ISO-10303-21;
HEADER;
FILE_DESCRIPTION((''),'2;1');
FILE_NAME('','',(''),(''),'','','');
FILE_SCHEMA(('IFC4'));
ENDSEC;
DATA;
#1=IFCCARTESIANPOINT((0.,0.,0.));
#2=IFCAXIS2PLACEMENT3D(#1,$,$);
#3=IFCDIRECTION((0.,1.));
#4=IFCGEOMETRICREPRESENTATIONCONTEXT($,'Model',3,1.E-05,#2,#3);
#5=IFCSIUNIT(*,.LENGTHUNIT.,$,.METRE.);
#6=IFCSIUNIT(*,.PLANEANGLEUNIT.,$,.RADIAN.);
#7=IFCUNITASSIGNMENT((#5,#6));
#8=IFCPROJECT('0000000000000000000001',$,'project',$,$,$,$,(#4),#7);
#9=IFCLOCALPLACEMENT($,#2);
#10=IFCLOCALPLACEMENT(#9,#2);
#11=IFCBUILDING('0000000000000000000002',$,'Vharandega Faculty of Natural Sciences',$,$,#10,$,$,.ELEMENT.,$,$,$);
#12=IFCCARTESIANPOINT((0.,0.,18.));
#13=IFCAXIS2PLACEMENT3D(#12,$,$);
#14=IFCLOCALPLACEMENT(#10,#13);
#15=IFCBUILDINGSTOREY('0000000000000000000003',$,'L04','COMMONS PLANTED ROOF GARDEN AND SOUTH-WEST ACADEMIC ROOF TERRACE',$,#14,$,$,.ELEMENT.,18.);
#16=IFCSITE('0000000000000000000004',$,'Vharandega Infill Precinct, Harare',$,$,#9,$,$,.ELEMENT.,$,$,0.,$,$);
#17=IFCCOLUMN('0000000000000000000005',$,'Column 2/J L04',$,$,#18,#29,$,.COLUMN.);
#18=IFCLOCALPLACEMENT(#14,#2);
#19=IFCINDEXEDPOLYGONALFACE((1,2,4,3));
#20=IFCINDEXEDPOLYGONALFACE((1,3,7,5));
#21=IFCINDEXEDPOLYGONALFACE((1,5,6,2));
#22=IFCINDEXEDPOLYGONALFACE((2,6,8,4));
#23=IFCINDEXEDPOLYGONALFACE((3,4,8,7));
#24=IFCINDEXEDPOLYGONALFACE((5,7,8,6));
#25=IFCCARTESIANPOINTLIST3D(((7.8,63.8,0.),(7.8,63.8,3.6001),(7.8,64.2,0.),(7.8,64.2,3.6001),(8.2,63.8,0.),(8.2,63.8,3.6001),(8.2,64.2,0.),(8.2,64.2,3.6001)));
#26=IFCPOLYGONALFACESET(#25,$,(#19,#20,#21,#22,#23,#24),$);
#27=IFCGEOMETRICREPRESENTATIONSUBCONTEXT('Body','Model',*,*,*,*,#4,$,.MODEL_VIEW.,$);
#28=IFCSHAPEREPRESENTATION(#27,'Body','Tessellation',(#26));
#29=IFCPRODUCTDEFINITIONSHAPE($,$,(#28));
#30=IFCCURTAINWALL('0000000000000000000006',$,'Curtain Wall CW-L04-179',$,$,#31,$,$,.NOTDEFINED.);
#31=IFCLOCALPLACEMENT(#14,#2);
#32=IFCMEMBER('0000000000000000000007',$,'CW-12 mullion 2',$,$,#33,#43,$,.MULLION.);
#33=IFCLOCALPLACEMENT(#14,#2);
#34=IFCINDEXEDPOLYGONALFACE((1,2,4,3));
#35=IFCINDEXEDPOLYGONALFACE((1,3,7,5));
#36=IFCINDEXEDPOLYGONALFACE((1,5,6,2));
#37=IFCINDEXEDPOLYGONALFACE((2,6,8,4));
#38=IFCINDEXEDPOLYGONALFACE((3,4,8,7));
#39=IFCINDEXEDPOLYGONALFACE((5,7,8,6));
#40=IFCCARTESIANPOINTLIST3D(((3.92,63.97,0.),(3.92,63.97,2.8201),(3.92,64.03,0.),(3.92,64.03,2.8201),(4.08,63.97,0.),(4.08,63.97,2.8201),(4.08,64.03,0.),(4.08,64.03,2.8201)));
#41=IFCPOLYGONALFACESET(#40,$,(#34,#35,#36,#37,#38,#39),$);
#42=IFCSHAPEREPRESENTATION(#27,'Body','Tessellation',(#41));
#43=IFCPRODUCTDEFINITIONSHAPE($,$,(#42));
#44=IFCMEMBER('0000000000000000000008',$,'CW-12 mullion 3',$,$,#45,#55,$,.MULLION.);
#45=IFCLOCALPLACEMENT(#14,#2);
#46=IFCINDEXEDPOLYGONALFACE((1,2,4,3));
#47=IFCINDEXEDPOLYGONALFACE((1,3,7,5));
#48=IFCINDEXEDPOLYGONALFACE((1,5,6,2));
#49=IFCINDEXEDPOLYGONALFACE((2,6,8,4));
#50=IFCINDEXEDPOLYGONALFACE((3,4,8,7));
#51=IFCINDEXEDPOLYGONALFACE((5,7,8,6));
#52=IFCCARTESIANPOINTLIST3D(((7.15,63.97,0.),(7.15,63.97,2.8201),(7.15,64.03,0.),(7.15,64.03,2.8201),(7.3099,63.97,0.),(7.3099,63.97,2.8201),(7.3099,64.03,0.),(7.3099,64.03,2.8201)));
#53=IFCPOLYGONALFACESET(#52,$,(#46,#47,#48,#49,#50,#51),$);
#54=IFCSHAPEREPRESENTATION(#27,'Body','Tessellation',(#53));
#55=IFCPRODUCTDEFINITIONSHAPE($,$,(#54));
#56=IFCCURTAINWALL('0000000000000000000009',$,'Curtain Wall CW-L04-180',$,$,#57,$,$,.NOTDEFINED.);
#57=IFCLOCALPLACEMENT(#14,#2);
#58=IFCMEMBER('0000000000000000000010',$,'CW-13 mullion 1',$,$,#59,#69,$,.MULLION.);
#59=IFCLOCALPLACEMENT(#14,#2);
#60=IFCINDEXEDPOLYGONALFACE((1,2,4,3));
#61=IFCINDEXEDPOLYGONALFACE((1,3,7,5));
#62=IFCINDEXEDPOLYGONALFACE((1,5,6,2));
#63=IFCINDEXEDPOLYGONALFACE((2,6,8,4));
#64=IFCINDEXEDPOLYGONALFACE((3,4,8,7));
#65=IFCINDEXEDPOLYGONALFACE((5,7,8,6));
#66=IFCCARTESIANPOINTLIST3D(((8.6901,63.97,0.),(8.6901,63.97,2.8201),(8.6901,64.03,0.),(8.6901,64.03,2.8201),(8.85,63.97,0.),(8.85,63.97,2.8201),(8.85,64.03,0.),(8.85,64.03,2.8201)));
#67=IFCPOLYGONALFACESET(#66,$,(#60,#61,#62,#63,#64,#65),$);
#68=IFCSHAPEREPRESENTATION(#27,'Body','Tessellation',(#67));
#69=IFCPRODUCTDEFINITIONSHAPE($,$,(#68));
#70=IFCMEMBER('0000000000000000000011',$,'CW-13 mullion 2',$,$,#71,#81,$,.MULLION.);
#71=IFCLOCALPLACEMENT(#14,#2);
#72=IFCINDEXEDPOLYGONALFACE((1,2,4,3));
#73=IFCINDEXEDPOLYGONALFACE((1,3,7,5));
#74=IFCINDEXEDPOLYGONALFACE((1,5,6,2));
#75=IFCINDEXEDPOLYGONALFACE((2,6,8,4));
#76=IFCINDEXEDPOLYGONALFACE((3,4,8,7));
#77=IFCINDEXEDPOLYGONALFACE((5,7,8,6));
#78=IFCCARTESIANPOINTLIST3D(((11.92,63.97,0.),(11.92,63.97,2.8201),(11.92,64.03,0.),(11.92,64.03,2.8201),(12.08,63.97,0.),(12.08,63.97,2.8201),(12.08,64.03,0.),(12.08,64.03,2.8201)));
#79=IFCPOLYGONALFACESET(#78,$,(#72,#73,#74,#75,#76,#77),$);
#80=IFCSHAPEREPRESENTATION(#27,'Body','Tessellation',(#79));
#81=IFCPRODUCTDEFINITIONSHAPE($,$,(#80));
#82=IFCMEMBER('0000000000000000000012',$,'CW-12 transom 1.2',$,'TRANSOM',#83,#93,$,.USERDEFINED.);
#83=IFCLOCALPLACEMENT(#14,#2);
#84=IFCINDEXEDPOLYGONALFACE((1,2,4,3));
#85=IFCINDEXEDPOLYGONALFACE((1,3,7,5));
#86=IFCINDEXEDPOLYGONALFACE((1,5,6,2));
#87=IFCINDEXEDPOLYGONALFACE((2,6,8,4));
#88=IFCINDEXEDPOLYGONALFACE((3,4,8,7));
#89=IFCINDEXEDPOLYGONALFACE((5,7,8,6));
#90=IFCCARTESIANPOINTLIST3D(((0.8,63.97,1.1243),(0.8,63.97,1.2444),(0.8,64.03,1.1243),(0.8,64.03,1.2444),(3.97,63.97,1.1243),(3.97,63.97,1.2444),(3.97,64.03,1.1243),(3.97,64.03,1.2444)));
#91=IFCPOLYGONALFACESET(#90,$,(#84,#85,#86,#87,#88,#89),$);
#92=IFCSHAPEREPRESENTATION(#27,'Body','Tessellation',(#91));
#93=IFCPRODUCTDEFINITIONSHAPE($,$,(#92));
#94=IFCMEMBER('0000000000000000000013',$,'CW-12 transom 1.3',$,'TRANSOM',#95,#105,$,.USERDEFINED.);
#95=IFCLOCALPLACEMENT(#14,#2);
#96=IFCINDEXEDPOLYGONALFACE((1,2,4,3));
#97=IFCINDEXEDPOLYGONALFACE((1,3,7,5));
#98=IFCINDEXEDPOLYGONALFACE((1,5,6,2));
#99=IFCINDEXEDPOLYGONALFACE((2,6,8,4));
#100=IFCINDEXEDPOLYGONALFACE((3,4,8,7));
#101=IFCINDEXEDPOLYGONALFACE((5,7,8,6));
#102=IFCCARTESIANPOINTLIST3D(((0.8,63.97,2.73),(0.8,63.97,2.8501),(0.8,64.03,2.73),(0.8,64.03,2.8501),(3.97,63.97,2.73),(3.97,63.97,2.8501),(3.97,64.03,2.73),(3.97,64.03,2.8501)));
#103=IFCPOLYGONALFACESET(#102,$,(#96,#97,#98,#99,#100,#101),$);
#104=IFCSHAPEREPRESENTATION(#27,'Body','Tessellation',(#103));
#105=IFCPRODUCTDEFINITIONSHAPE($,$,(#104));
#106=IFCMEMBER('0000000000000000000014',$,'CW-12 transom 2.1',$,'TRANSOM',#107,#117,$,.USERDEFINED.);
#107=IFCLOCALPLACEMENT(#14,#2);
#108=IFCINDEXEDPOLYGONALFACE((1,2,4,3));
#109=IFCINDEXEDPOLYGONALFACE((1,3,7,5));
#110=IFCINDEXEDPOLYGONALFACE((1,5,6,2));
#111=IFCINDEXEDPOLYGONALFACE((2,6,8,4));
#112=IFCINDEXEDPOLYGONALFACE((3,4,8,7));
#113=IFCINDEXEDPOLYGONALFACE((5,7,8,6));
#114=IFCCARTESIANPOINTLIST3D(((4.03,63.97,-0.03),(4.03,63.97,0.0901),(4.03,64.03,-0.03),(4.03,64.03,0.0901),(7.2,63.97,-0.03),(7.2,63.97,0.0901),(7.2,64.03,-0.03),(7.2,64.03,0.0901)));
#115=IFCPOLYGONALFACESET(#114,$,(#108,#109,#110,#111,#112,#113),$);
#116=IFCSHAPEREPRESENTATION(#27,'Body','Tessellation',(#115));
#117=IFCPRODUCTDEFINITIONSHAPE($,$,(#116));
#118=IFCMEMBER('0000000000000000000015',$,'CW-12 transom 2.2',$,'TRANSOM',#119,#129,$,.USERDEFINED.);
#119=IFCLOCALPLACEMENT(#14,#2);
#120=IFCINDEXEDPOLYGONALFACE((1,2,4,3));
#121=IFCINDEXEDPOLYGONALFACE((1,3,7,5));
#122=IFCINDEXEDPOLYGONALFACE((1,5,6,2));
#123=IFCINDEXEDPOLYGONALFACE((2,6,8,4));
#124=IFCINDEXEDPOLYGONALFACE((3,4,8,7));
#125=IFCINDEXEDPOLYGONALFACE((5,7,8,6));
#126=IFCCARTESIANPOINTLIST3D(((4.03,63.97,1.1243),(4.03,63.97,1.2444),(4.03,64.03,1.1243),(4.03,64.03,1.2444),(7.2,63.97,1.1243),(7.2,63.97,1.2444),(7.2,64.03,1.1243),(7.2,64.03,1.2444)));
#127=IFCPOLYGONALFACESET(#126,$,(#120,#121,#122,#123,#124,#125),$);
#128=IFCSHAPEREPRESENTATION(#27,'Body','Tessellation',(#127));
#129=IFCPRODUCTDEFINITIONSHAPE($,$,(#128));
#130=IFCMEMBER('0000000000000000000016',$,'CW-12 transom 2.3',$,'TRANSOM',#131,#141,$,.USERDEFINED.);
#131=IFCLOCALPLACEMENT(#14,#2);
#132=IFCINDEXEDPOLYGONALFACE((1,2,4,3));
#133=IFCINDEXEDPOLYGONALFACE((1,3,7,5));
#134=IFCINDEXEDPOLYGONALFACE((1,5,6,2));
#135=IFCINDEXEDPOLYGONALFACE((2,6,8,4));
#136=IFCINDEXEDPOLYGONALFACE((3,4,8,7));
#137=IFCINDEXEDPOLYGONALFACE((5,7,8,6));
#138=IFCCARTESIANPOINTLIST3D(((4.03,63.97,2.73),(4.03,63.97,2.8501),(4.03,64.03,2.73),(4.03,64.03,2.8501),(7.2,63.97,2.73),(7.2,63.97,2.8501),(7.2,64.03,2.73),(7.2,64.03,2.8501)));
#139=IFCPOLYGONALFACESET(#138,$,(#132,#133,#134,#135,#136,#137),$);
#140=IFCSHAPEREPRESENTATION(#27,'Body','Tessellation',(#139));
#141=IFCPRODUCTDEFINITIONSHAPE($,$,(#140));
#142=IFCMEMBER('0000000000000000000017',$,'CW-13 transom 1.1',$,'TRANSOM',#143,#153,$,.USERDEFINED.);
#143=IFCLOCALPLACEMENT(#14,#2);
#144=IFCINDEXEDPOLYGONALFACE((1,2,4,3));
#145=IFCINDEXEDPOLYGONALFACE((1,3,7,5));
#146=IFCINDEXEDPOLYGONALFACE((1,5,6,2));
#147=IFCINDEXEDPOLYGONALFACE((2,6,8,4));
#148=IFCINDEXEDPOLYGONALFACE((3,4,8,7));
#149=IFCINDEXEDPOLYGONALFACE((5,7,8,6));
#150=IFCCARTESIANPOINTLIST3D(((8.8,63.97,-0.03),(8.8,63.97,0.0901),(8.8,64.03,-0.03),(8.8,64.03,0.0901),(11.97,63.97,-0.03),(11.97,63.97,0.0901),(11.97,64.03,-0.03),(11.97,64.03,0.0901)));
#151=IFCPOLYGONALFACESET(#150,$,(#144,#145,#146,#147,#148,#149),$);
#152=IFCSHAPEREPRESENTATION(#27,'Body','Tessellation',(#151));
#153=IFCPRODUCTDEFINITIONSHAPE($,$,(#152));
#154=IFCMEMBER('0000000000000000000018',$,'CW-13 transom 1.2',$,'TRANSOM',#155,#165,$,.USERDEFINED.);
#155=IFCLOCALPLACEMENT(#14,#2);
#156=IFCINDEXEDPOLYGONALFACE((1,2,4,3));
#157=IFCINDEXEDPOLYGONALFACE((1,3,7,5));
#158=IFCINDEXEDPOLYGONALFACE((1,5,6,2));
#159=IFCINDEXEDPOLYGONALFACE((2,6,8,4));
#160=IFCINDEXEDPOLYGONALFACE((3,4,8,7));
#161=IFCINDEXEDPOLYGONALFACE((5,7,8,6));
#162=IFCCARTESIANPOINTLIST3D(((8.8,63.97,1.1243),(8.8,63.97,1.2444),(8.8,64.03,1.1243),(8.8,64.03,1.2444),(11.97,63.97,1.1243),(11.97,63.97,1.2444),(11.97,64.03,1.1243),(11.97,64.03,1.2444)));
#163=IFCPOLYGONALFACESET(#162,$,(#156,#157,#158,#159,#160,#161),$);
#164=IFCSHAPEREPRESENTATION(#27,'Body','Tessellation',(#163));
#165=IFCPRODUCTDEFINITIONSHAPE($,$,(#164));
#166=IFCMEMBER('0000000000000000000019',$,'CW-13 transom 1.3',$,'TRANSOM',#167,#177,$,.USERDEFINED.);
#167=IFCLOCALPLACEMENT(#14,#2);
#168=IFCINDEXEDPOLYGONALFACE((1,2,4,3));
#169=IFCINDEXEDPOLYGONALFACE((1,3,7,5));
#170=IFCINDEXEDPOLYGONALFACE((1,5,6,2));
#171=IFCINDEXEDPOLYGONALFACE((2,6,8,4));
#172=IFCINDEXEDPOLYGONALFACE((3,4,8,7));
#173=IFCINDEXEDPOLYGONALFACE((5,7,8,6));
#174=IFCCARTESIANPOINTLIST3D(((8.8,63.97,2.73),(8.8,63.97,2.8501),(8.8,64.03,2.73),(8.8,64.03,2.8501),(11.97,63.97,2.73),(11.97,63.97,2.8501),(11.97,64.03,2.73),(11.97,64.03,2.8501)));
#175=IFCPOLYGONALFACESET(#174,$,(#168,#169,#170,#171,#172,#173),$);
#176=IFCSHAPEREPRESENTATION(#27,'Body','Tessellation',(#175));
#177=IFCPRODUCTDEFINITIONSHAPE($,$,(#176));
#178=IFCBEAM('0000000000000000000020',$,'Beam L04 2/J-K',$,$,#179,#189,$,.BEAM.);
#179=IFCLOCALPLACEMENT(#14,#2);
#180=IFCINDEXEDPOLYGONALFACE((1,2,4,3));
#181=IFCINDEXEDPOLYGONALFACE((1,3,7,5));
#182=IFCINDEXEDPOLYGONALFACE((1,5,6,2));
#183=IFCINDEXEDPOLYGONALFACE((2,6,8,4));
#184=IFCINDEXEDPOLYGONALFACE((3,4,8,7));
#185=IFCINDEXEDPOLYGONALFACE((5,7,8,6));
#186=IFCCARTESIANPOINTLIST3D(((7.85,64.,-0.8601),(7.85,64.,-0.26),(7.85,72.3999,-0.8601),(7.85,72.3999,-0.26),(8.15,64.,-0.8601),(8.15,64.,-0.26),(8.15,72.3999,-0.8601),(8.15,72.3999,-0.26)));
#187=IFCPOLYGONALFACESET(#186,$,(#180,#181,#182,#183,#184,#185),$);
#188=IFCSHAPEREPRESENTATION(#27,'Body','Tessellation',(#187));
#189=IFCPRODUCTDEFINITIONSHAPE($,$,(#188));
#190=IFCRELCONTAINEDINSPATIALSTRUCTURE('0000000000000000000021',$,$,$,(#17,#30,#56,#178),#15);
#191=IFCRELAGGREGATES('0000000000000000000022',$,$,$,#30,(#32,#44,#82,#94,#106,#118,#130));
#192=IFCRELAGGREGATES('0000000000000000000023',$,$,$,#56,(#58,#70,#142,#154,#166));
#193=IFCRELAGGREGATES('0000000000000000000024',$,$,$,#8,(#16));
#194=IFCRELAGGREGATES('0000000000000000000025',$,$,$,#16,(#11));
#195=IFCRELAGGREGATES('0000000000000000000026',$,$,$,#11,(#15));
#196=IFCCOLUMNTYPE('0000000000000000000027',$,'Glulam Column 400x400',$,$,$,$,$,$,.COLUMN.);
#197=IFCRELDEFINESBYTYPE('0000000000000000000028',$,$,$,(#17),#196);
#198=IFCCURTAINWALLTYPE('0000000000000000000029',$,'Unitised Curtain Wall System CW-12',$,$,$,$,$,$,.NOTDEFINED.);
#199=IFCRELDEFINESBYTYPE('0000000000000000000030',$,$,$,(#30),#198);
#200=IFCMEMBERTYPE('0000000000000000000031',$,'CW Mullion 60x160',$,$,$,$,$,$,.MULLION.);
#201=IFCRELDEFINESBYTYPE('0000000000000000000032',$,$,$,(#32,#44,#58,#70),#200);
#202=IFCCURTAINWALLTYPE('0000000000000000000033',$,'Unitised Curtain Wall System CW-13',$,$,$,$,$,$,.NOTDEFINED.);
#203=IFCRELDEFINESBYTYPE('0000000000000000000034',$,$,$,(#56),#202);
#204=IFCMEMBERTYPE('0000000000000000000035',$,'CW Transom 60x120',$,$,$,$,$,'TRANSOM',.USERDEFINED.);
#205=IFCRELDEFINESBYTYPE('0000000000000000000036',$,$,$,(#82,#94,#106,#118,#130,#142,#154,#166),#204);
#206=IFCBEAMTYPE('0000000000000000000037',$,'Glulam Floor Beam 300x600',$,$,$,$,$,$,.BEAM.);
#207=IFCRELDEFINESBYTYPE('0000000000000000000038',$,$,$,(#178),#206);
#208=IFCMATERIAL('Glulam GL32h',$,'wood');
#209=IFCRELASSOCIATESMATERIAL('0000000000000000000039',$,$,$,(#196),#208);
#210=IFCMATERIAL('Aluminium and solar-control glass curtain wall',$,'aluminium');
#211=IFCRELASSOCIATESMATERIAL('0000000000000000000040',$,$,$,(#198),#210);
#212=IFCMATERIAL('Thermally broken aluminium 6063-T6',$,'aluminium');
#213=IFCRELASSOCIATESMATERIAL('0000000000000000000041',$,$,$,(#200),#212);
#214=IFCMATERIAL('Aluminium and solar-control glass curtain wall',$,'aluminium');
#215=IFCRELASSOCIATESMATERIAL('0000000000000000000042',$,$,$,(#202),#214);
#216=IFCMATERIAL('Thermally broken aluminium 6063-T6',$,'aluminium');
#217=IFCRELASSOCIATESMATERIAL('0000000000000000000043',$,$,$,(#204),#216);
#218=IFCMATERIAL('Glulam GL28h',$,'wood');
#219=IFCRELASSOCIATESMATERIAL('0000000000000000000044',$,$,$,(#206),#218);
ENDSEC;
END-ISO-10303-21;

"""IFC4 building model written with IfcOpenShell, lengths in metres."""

from ifc_helpers import new_model, si_unit, direction, frame, origin, origin_2d, place, context, subcontext, project, spatial, rectangle, extrude, material, material_profile, profile_set, type_object, element, aggregate, save


model = new_model("IFC4")

# Units and contexts
model_context = context("Model", 3, precision=1e-05, world=origin(), true_north=direction((0.0, 1.0)))
body_context = subcontext(model_context, "Body", "Model", "MODEL_VIEW")
ifc_project = project(units=[si_unit("LENGTHUNIT", "METRE"), si_unit("PLANEANGLEUNIT", "RADIAN")], contexts=[model_context])

# Site, building, storey
site_placement = place(None, origin())
site = spatial("IfcSite", under=ifc_project, at=site_placement, Name="Vharandega Infill Precinct, Harare", CompositionType="ELEMENT", RefElevation=0.0)
building_placement = place(site_placement, origin())
building = spatial("IfcBuilding", under=site, at=building_placement, Name="Vharandega Faculty of Natural Sciences", CompositionType="ELEMENT")
storey_placement = place(building_placement, frame((0.0, 0.0, 18.0)))
storey = spatial("IfcBuildingStorey", under=building, at=storey_placement, Name="L04", Description="COMMONS PLANTED ROOF GARDEN AND SOUTH-WEST ACADEMIC ROOF TERRACE", CompositionType="ELEMENT", Elevation=18.0)

# Column
ifc_material_1 = material(Name="Glulam GL32h", Category="wood")
ifc_material_profile_1 = material_profile(ifc_material_1, rectangle(XDim=0.3999, YDim=0.3999, at=origin_2d()), Name="GL32h 400x400")
ifc_profile_set_1 = profile_set([ifc_material_profile_1], Name="Glulam GL32h")
column_type = type_object("IfcColumnType", Name="Glulam Column 400x400", PredefinedType="COLUMN", material=ifc_profile_set_1)
column_placement = place(storey_placement, frame((8.0, 64.0, 0.0), z_axis=(0.0, 0.0, 1.0), x_axis=(1.0, 0.0, 0.0)))
element("IfcColumn", 1, at=column_placement, inside=storey, type_object=column_type, Name="Column 2/J L04", PredefinedType="COLUMN", context=body_context, shape_type="SweptSolid", body=[
    extrude(rectangle(XDim=0.3999, YDim=0.3999, at=origin_2d()), origin(), (0.0, 0.0, 1.0), 3.6001),
])

# Curtain walls, members
ifc_material_2 = material(Name="Aluminium and solar-control glass curtain wall", Category="aluminium")
curtain_wall_type_1 = type_object("IfcCurtainWallType", Name="Unitised Curtain Wall System CW-12", PredefinedType="NOTDEFINED", material=ifc_material_2)
curtain_wall_1_placement = place(storey_placement, origin())
curtain_wall_1 = element("IfcCurtainWall", 2, at=curtain_wall_1_placement, inside=storey, type_object=curtain_wall_type_1, Name="Curtain Wall CW-L04-179", PredefinedType="NOTDEFINED")
ifc_material_3 = material(Name="Thermally broken aluminium 6063-T6", Category="aluminium")
ifc_material_profile_2 = material_profile(ifc_material_3, rectangle(XDim=0.0601, YDim=0.1599, at=origin_2d()), Name="ALU 60x160")
ifc_profile_set_2 = profile_set([ifc_material_profile_2], Name="Thermally broken aluminium 6063-T6")
member_type_1 = type_object("IfcMemberType", Name="CW Mullion 60x160", PredefinedType="MULLION", material=ifc_profile_set_2)
member_1_placement = place(storey_placement, frame((4.0, 64.0, 0.0), z_axis=(0.0, 0.0, 1.0), x_axis=(0.0, 1.0, 0.0)))
member_1 = element("IfcMember", 3, at=member_1_placement, type_object=member_type_1, Name="CW-12 mullion 2", PredefinedType="MULLION", context=body_context, shape_type="SweptSolid", body=[
    extrude(rectangle(XDim=0.0601, YDim=0.1599, at=origin_2d()), origin(), (0.0, 0.0, 1.0), 2.8201),
])
member_2_placement = place(storey_placement, frame((7.23, 64.0, 0.0), z_axis=(0.0, 0.0, 1.0), x_axis=(0.0, 1.0, 0.0)))
member_2 = element("IfcMember", 4, at=member_2_placement, type_object=member_type_1, Name="CW-12 mullion 3", PredefinedType="MULLION", context=body_context, shape_type="SweptSolid", body=[
    extrude(rectangle(XDim=0.0601, YDim=0.1599, at=origin_2d()), origin(), (0.0, 0.0, 1.0), 2.8201),
])
ifc_material_4 = material(Name="Aluminium and solar-control glass curtain wall", Category="aluminium")
curtain_wall_type_2 = type_object("IfcCurtainWallType", Name="Unitised Curtain Wall System CW-13", PredefinedType="NOTDEFINED", material=ifc_material_4)
curtain_wall_2_placement = place(storey_placement, origin())
curtain_wall_2 = element("IfcCurtainWall", 5, at=curtain_wall_2_placement, inside=storey, type_object=curtain_wall_type_2, Name="Curtain Wall CW-L04-180", PredefinedType="NOTDEFINED")
member_3_placement = place(storey_placement, frame((8.77, 64.0, 0.0), z_axis=(0.0, 0.0, 1.0), x_axis=(0.0, 1.0, 0.0)))
member_3 = element("IfcMember", 6, at=member_3_placement, type_object=member_type_1, Name="CW-13 mullion 1", PredefinedType="MULLION", context=body_context, shape_type="SweptSolid", body=[
    extrude(rectangle(XDim=0.0601, YDim=0.1599, at=origin_2d()), origin(), (0.0, 0.0, 1.0), 2.8201),
])
member_4_placement = place(storey_placement, frame((12.0, 64.0, 0.0), z_axis=(0.0, 0.0, 1.0), x_axis=(0.0, 1.0, 0.0)))
member_4 = element("IfcMember", 7, at=member_4_placement, type_object=member_type_1, Name="CW-13 mullion 2", PredefinedType="MULLION", context=body_context, shape_type="SweptSolid", body=[
    extrude(rectangle(XDim=0.0601, YDim=0.1599, at=origin_2d()), origin(), (0.0, 0.0, 1.0), 2.8201),
])

# Members
ifc_material_5 = material(Name="Thermally broken aluminium 6063-T6", Category="aluminium")
ifc_material_profile_3 = material_profile(ifc_material_5, rectangle(XDim=0.0601, YDim=0.1201, at=origin_2d()), Name="ALU 60x120")
ifc_profile_set_3 = profile_set([ifc_material_profile_3], Name="Thermally broken aluminium 6063-T6")
member_type_2 = type_object("IfcMemberType", Name="CW Transom 60x120", ElementType="TRANSOM", PredefinedType="USERDEFINED", material=ifc_profile_set_3)
member_5_placement = place(storey_placement, frame((0.8, 64.0, 1.1843), z_axis=(1.0, 0.0, 0.0), x_axis=(0.0, 1.0, 0.0)))
member_5 = element("IfcMember", 8, at=member_5_placement, type_object=member_type_2, Name="CW-12 transom 1.2", ObjectType="TRANSOM", PredefinedType="USERDEFINED", context=body_context, shape_type="SweptSolid", body=[
    extrude(rectangle(XDim=0.0601, YDim=0.1201, at=origin_2d()), origin(), (0.0, 0.0, 1.0), 3.1699),
])
member_6_placement = place(storey_placement, frame((0.8, 64.0, 2.79), z_axis=(1.0, 0.0, 0.0), x_axis=(0.0, 1.0, 0.0)))
member_6 = element("IfcMember", 9, at=member_6_placement, type_object=member_type_2, Name="CW-12 transom 1.3", ObjectType="TRANSOM", PredefinedType="USERDEFINED", context=body_context, shape_type="SweptSolid", body=[
    extrude(rectangle(XDim=0.0601, YDim=0.1201, at=origin_2d()), origin(), (0.0, 0.0, 1.0), 3.1699),
])
member_7_placement = place(storey_placement, frame((4.03, 64.0, 0.03), z_axis=(1.0, 0.0, 0.0), x_axis=(0.0, 1.0, 0.0)))
member_7 = element("IfcMember", 10, at=member_7_placement, type_object=member_type_2, Name="CW-12 transom 2.1", ObjectType="TRANSOM", PredefinedType="USERDEFINED", context=body_context, shape_type="SweptSolid", body=[
    extrude(rectangle(XDim=0.0601, YDim=0.1201, at=origin_2d()), origin(), (0.0, 0.0, 1.0), 3.1699),
])
member_8_placement = place(storey_placement, frame((4.03, 64.0, 1.1843), z_axis=(1.0, 0.0, 0.0), x_axis=(0.0, 1.0, 0.0)))
member_8 = element("IfcMember", 11, at=member_8_placement, type_object=member_type_2, Name="CW-12 transom 2.2", ObjectType="TRANSOM", PredefinedType="USERDEFINED", context=body_context, shape_type="SweptSolid", body=[
    extrude(rectangle(XDim=0.0601, YDim=0.1201, at=origin_2d()), origin(), (0.0, 0.0, 1.0), 3.1699),
])
member_9_placement = place(storey_placement, frame((4.03, 64.0, 2.79), z_axis=(1.0, 0.0, 0.0), x_axis=(0.0, 1.0, 0.0)))
member_9 = element("IfcMember", 12, at=member_9_placement, type_object=member_type_2, Name="CW-12 transom 2.3", ObjectType="TRANSOM", PredefinedType="USERDEFINED", context=body_context, shape_type="SweptSolid", body=[
    extrude(rectangle(XDim=0.0601, YDim=0.1201, at=origin_2d()), origin(), (0.0, 0.0, 1.0), 3.1699),
])
member_10_placement = place(storey_placement, frame((8.8, 64.0, 0.03), z_axis=(1.0, 0.0, 0.0), x_axis=(0.0, 1.0, 0.0)))
member_10 = element("IfcMember", 13, at=member_10_placement, type_object=member_type_2, Name="CW-13 transom 1.1", ObjectType="TRANSOM", PredefinedType="USERDEFINED", context=body_context, shape_type="SweptSolid", body=[
    extrude(rectangle(XDim=0.0601, YDim=0.1201, at=origin_2d()), origin(), (0.0, 0.0, 1.0), 3.1699),
])
member_11_placement = place(storey_placement, frame((8.8, 64.0, 1.1843), z_axis=(1.0, 0.0, 0.0), x_axis=(0.0, 1.0, 0.0)))
member_11 = element("IfcMember", 14, at=member_11_placement, type_object=member_type_2, Name="CW-13 transom 1.2", ObjectType="TRANSOM", PredefinedType="USERDEFINED", context=body_context, shape_type="SweptSolid", body=[
    extrude(rectangle(XDim=0.0601, YDim=0.1201, at=origin_2d()), origin(), (0.0, 0.0, 1.0), 3.1699),
])
member_12_placement = place(storey_placement, frame((8.8, 64.0, 2.79), z_axis=(1.0, 0.0, 0.0), x_axis=(0.0, 1.0, 0.0)))
member_12 = element("IfcMember", 15, at=member_12_placement, type_object=member_type_2, Name="CW-13 transom 1.3", ObjectType="TRANSOM", PredefinedType="USERDEFINED", context=body_context, shape_type="SweptSolid", body=[
    extrude(rectangle(XDim=0.0601, YDim=0.1201, at=origin_2d()), origin(), (0.0, 0.0, 1.0), 3.1699),
])

# Beam
ifc_material_6 = material(Name="Glulam GL28h", Category="wood")
ifc_material_profile_4 = material_profile(ifc_material_6, rectangle(XDim=0.3, YDim=0.6001, at=origin_2d()), Name="GL28h 300x600")
ifc_profile_set_4 = profile_set([ifc_material_profile_4], Name="Glulam GL28h")
beam_type_1 = type_object("IfcBeamType", Name="Glulam Floor Beam 300x600", PredefinedType="BEAM", material=ifc_profile_set_4)
beam_1_placement = place(storey_placement, frame((8.0, 64.0, -0.5601), z_axis=(0.0, 1.0, 0.0), x_axis=(-1.0, 0.0, 0.0)))
element("IfcBeam", 16, at=beam_1_placement, inside=storey, type_object=beam_type_1, Name="Beam L04 2/J-K", PredefinedType="BEAM", context=body_context, shape_type="SweptSolid", body=[
    extrude(rectangle(XDim=0.3, YDim=0.6001, at=origin_2d()), origin(), (0.0, 0.0, 1.0), 8.3999),
])

aggregate(curtain_wall_1, [member_1, member_2, member_5, member_6, member_7, member_8, member_9])
aggregate(curtain_wall_2, [member_3, member_4, member_10, member_11, member_12])

save(model, "model.ifc")
